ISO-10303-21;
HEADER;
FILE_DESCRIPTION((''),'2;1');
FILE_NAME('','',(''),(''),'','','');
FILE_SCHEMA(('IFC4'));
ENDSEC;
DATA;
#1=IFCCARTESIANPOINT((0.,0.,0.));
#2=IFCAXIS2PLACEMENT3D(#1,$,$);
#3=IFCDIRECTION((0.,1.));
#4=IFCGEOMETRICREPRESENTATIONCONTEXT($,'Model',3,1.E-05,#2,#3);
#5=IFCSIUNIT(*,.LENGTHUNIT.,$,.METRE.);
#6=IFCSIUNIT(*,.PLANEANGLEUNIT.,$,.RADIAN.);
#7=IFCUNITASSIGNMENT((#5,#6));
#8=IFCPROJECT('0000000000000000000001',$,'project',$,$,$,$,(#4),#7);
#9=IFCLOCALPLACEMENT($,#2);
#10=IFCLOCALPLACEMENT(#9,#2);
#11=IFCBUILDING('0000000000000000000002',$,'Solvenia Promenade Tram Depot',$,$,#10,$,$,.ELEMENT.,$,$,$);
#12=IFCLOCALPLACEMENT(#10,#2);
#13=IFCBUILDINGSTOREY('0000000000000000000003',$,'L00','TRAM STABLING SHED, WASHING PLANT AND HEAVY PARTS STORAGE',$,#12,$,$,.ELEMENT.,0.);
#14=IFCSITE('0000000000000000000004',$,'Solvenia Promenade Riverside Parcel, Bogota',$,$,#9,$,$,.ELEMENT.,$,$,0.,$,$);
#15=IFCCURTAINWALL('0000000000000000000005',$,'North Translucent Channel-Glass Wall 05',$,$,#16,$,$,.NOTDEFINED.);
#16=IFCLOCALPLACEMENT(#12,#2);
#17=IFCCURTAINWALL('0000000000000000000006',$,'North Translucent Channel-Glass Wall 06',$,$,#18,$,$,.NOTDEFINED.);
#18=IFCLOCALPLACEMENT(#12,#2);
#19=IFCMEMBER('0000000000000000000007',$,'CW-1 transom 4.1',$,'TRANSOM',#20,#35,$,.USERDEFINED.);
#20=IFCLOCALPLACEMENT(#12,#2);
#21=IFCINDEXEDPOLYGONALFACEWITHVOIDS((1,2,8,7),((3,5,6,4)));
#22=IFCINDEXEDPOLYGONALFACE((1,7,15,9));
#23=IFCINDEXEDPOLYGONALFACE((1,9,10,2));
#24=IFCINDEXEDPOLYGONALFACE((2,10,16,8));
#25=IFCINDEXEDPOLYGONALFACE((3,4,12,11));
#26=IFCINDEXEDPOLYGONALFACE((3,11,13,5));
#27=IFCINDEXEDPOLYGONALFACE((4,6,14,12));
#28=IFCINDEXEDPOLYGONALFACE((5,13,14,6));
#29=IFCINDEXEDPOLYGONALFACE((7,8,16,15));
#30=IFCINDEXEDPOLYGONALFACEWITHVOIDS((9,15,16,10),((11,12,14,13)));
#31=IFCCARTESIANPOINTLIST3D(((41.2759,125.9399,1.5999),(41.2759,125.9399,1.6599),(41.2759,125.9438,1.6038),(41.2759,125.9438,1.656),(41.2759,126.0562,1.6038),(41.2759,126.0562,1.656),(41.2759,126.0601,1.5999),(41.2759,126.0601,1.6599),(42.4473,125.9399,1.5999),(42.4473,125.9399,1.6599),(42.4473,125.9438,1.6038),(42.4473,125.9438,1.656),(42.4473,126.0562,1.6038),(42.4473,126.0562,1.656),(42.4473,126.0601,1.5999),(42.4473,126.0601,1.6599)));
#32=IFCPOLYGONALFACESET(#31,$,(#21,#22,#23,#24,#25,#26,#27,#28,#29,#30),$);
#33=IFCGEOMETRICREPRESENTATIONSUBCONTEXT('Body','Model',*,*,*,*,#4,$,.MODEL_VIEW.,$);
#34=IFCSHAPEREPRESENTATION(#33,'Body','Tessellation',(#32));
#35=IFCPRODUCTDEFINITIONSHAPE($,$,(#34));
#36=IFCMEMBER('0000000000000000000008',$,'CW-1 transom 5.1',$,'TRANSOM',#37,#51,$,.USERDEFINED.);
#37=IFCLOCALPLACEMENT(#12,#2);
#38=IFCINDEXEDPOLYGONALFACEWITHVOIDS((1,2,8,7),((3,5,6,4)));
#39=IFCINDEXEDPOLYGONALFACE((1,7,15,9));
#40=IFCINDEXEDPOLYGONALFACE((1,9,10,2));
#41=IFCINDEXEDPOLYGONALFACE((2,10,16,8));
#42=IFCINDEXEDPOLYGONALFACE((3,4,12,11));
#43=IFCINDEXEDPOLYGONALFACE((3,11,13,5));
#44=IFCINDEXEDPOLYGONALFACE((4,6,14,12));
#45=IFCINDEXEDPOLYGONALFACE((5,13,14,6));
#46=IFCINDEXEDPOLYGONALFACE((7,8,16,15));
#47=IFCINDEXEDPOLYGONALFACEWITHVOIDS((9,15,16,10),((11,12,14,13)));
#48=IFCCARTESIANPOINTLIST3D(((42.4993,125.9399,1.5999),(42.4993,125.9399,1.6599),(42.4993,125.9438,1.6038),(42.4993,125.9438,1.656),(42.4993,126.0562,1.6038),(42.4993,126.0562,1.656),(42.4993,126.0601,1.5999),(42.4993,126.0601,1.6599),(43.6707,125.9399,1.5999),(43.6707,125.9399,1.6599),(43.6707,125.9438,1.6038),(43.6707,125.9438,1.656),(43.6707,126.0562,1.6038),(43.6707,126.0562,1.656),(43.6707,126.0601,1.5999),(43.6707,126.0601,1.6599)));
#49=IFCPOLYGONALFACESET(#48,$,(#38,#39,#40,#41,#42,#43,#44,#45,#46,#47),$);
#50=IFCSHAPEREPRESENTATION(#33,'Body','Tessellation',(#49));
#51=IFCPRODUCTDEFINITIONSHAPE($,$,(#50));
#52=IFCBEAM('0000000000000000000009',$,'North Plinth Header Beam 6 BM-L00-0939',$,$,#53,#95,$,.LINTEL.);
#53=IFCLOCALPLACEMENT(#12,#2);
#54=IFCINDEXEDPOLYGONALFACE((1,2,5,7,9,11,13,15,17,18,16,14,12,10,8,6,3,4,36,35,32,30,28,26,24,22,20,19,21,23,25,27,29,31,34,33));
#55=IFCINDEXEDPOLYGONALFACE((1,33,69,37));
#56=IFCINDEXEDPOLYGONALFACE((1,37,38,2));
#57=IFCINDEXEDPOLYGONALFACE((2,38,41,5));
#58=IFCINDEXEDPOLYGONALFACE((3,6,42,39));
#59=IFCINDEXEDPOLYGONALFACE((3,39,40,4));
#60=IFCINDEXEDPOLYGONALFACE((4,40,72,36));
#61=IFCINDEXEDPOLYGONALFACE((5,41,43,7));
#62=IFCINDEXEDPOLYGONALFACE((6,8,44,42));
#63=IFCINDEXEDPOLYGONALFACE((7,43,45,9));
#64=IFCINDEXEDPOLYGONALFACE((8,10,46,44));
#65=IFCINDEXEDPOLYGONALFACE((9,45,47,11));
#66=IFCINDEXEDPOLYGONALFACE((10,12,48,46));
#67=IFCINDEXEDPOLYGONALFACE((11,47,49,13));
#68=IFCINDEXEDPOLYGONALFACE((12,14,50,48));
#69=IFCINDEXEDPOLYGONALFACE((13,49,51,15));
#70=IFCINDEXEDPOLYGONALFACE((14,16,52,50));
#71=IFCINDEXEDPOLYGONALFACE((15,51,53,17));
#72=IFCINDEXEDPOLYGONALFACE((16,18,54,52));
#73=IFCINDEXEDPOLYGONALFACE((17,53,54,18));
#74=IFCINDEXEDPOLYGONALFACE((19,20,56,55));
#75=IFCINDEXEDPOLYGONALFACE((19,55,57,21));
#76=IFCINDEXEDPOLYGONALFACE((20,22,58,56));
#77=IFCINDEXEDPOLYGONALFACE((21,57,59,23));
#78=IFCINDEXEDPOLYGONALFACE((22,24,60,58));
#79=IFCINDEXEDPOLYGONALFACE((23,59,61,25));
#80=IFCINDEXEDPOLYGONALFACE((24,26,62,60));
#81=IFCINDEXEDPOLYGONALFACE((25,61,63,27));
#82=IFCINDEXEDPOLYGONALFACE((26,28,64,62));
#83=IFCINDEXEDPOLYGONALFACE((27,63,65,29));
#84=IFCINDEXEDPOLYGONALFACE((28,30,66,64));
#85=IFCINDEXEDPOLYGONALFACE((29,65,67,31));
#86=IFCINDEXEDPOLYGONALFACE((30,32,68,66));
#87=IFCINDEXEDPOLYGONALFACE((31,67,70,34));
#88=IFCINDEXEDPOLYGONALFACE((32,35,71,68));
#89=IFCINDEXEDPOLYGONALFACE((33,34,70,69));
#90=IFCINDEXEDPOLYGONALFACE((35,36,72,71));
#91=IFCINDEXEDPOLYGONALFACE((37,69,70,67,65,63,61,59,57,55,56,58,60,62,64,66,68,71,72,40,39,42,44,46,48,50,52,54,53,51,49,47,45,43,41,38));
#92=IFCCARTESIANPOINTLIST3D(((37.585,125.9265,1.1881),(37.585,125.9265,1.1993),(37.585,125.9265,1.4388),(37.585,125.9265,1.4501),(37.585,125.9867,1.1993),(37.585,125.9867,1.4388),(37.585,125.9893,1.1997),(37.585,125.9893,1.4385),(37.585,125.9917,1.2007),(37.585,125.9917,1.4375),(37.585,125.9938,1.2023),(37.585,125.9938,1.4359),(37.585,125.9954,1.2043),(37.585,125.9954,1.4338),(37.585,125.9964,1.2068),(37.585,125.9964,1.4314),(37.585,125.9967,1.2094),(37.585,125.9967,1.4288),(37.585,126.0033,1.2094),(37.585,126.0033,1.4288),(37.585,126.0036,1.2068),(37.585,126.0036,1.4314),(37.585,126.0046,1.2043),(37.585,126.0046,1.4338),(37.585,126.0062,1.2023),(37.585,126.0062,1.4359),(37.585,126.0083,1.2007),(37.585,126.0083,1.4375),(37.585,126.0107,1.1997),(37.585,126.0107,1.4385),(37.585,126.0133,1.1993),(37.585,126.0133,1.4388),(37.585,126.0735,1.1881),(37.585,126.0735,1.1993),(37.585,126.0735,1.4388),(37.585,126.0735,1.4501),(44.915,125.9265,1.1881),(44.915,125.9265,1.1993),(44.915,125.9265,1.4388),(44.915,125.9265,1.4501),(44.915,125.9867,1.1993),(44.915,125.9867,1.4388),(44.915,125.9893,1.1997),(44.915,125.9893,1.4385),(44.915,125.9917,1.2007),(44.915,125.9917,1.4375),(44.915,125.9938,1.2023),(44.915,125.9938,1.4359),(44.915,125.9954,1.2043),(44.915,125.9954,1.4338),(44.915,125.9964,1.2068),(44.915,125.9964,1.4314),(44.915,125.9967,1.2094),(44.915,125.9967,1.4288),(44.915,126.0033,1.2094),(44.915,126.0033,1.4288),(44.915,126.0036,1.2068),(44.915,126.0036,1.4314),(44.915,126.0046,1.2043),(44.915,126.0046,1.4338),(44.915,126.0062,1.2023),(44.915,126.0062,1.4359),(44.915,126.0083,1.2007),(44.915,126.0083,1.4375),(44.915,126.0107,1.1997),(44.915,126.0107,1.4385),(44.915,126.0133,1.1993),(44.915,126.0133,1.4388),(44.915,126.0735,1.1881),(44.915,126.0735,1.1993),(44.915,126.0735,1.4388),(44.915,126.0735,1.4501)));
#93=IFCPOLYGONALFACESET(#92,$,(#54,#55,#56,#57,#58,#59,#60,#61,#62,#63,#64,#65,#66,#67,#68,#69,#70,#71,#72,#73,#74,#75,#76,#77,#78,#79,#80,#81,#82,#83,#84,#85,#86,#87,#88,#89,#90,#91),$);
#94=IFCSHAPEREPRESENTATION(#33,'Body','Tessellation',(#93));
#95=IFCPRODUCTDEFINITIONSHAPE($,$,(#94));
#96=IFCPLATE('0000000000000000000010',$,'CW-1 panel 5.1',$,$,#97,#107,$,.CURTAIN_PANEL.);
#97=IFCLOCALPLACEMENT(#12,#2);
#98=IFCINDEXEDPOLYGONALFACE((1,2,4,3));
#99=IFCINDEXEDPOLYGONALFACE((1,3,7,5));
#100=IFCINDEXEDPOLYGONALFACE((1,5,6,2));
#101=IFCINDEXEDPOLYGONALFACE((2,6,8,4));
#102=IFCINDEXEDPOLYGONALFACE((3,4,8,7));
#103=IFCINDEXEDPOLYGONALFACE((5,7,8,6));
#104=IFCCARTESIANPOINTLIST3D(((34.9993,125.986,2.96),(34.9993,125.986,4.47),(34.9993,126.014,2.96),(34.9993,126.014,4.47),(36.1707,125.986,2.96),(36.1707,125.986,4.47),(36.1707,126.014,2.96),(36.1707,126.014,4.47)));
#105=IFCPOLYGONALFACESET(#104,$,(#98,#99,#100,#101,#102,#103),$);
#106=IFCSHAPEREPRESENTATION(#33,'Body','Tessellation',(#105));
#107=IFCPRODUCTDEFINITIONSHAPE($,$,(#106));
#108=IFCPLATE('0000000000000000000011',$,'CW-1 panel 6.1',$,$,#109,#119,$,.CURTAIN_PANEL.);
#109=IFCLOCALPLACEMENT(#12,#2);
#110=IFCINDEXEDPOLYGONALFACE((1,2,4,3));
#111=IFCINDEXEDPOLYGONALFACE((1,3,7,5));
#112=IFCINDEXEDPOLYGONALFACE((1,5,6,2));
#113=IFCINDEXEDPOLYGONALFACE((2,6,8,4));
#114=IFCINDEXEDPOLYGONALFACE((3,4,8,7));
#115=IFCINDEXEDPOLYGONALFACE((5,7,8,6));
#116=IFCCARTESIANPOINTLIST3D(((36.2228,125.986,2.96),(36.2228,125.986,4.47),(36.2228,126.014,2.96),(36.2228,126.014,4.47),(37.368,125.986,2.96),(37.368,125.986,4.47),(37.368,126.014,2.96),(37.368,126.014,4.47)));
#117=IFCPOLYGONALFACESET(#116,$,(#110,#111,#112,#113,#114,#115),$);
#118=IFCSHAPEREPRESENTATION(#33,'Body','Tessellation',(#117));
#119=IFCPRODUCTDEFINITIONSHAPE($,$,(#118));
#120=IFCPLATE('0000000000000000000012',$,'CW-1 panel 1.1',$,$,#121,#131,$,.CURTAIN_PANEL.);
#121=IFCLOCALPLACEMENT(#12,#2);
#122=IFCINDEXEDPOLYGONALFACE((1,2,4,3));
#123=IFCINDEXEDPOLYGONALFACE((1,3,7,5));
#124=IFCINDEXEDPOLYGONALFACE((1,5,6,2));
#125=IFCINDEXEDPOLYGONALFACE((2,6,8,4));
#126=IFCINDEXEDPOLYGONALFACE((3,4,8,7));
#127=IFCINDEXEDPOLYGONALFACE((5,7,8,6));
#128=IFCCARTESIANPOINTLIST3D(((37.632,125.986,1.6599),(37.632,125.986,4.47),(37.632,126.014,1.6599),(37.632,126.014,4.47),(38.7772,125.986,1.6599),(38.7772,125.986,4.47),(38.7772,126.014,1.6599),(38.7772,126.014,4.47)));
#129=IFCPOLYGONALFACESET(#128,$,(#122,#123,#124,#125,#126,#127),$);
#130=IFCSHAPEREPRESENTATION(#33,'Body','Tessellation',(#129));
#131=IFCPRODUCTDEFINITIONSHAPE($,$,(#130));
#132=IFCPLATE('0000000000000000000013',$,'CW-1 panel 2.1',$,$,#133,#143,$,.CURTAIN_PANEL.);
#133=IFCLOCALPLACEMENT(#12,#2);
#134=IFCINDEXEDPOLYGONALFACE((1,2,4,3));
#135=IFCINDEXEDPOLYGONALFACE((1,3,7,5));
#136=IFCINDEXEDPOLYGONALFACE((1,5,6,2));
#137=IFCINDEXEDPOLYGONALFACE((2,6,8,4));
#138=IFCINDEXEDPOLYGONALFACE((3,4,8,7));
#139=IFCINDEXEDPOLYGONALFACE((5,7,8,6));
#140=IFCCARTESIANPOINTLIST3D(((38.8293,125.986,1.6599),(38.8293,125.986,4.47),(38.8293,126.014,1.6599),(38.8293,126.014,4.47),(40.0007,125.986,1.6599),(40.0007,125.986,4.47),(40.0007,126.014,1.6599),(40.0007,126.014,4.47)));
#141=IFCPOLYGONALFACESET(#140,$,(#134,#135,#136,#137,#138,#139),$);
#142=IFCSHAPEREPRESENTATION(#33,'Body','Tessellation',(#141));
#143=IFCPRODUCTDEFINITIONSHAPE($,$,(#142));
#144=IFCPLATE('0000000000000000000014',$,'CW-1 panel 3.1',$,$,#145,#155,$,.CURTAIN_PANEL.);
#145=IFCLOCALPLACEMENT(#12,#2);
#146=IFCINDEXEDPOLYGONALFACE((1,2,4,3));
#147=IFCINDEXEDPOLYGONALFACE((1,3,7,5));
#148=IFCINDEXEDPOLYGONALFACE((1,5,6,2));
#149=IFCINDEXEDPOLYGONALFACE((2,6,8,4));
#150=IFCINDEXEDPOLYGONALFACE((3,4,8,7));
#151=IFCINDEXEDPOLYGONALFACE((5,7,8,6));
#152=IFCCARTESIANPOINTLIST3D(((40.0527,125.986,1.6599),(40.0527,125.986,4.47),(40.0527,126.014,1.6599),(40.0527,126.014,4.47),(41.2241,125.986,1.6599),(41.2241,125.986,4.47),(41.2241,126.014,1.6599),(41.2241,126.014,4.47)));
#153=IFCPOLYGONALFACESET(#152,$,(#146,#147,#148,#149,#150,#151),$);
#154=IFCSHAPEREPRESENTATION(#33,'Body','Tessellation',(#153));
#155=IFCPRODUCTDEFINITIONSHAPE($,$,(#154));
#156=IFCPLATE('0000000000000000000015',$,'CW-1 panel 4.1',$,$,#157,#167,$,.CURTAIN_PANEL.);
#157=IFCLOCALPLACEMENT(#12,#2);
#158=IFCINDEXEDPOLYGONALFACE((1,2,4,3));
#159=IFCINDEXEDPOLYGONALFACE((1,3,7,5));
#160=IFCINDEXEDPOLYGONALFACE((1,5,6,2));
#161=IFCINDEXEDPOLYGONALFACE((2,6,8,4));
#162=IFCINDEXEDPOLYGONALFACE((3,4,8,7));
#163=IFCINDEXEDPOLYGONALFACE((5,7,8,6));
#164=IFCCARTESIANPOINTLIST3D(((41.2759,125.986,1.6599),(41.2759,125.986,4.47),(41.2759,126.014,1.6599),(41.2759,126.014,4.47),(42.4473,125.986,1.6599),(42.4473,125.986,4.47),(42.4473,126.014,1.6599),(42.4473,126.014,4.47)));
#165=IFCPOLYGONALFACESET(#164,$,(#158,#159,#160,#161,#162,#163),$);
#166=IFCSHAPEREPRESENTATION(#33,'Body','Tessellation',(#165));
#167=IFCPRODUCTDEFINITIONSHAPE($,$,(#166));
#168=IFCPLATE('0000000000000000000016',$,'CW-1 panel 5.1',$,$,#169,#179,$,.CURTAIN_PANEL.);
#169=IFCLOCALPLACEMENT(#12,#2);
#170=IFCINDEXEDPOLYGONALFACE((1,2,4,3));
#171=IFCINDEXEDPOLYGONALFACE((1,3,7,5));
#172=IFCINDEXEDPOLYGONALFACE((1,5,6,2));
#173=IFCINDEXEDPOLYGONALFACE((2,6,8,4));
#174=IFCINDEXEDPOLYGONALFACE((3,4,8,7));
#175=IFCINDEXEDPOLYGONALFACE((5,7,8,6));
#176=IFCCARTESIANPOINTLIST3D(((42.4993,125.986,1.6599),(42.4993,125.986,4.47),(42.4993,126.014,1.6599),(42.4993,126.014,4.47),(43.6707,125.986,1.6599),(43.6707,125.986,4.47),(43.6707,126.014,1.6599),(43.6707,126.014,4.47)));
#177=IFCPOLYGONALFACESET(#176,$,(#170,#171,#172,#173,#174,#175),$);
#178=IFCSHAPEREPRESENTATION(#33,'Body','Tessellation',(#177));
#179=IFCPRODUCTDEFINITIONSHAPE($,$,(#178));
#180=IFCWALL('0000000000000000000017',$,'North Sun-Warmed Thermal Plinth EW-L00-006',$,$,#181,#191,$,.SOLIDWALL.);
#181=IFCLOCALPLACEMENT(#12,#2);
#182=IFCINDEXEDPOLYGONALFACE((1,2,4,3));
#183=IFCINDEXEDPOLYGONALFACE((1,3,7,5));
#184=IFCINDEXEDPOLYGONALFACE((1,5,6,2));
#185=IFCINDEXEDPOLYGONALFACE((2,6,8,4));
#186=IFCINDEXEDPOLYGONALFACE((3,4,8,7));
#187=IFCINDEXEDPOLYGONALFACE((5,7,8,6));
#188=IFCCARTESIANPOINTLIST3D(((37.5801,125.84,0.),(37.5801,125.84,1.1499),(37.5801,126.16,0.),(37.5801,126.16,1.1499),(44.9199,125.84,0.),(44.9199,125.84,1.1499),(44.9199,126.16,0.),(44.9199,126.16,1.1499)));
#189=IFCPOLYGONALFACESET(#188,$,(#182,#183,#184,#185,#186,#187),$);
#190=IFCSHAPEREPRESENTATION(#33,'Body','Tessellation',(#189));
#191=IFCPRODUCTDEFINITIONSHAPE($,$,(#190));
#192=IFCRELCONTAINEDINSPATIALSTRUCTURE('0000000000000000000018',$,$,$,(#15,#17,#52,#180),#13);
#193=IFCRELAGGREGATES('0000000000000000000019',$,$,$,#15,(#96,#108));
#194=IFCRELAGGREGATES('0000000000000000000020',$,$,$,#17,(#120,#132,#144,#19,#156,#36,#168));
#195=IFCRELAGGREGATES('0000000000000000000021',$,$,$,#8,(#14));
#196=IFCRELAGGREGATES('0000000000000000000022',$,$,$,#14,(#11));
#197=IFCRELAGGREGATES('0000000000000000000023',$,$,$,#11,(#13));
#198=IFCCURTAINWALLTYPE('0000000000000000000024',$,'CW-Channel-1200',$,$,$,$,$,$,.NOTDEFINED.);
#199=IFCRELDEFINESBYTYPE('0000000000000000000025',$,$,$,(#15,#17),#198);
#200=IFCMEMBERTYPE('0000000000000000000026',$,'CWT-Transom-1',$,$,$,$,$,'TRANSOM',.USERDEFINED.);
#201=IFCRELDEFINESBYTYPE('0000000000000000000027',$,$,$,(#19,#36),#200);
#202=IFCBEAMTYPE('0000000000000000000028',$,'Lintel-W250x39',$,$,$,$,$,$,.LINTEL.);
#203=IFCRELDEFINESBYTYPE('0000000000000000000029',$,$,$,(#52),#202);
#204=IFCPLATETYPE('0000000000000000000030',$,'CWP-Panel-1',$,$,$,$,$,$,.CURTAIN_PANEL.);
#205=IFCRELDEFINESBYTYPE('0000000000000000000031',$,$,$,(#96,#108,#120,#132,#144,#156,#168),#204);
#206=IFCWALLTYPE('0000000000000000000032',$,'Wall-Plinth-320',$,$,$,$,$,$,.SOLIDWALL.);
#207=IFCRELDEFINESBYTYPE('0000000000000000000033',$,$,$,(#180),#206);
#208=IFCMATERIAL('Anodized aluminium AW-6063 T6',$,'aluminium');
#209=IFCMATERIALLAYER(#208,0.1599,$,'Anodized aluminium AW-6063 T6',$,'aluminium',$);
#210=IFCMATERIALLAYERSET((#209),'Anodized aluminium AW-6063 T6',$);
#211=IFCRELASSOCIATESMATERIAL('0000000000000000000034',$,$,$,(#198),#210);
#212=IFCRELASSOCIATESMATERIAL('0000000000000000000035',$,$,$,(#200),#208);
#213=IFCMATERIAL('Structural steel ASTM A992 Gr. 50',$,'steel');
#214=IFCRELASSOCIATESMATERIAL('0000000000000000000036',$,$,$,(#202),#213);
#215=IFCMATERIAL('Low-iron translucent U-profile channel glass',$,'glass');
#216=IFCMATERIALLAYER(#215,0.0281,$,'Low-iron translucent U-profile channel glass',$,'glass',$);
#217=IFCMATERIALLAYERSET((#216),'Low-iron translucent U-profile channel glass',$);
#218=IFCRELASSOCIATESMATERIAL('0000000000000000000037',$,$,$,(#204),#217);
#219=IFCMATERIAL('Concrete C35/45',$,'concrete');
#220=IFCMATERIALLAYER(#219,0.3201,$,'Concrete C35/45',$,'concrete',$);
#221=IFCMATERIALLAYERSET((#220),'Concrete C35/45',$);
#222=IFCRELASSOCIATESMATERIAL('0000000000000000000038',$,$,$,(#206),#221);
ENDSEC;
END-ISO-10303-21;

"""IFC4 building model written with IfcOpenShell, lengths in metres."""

from ifc_helpers import new_model, si_unit, direction, frame, frame_2d, origin, origin_2d, place, context, subcontext, project, spatial, rectangle, hollow_rectangle, i_section, extrude, material, layer, layer_set, material_profile, profile_set, type_object, element, aggregate, save


model = new_model("IFC4")

# Units and contexts
model_context = context("Model", 3, precision=1e-05, world=origin(), true_north=direction((0.0, 1.0)))
body_context = subcontext(model_context, "Body", "Model", "MODEL_VIEW")
ifc_project = project(units=[si_unit("LENGTHUNIT", "METRE"), si_unit("PLANEANGLEUNIT", "RADIAN")], contexts=[model_context])

# Site, building, storey
site_placement = place(None, origin())
site = spatial("IfcSite", under=ifc_project, at=site_placement, Name="Solvenia Promenade Riverside Parcel, Bogota", CompositionType="ELEMENT", RefElevation=0.0)
building_placement = place(site_placement, origin())
building = spatial("IfcBuilding", under=site, at=building_placement, Name="Solvenia Promenade Tram Depot", CompositionType="ELEMENT")
storey_placement = place(building_placement, origin())
storey = spatial("IfcBuildingStorey", under=building, at=storey_placement, Name="L00", Description="TRAM STABLING SHED, WASHING PLANT AND HEAVY PARTS STORAGE", CompositionType="ELEMENT", Elevation=0.0)

# Shared definitions
ifc_material_1 = material(Name="Structural steel ASTM A992 Gr. 50", Category="steel")

# Curtain walls
ifc_material_2 = material(Name="Anodized aluminium AW-6063 T6", Category="aluminium")
ifc_layer_1 = layer(ifc_material_2, 0.1599, Name="Anodized aluminium AW-6063 T6", Category="aluminium")
ifc_layer_set_1 = layer_set([ifc_layer_1], Name="Anodized aluminium AW-6063 T6")
curtain_wall_type = type_object("IfcCurtainWallType", Name="CW-Channel-1200", PredefinedType="NOTDEFINED", material=ifc_layer_set_1)
curtain_wall_1_placement = place(storey_placement, origin())
curtain_wall_1 = element("IfcCurtainWall", 1, at=curtain_wall_1_placement, inside=storey, type_object=curtain_wall_type, Name="North Translucent Channel-Glass Wall 05", PredefinedType="NOTDEFINED")
curtain_wall_2_placement = place(storey_placement, origin())
curtain_wall_2 = element("IfcCurtainWall", 2, at=curtain_wall_2_placement, inside=storey, type_object=curtain_wall_type, Name="North Translucent Channel-Glass Wall 06", PredefinedType="NOTDEFINED")

# Members
ifc_material_profile_1 = material_profile(ifc_material_2, hollow_rectangle(XDim=0.1201, YDim=0.0601, WallThickness=0.0039, at=origin_2d()), Name="ALU-T1", Category="aluminium")
ifc_profile_set_1 = profile_set([ifc_material_profile_1], Name="Anodized aluminium AW-6063 T6")
member_type_1 = type_object("IfcMemberType", Name="CWT-Transom-1", ElementType="TRANSOM", PredefinedType="USERDEFINED", material=ifc_profile_set_1)
member_1_placement = place(storey_placement, frame((41.2759, 126.0, 1.6299), z_axis=(1.0, 0.0, 0.0), x_axis=(0.0, 1.0, 0.0)))
member_1 = element("IfcMember", 3, at=member_1_placement, type_object=member_type_1, Name="CW-1 transom 4.1", ObjectType="TRANSOM", PredefinedType="USERDEFINED", context=body_context, shape_type="SweptSolid", body=[
    extrude(hollow_rectangle(XDim=0.1201, YDim=0.0601, WallThickness=0.0039, at=origin_2d()), origin(), (0.0, 0.0, 1.0), 1.1714),
])
member_2_placement = place(storey_placement, frame((42.4993, 126.0, 1.6299), z_axis=(1.0, 0.0, 0.0), x_axis=(0.0, 1.0, 0.0)))
member_2 = element("IfcMember", 4, at=member_2_placement, type_object=member_type_1, Name="CW-1 transom 5.1", ObjectType="TRANSOM", PredefinedType="USERDEFINED", context=body_context, shape_type="SweptSolid", body=[
    extrude(hollow_rectangle(XDim=0.1201, YDim=0.0601, WallThickness=0.0039, at=origin_2d()), origin(), (0.0, 0.0, 1.0), 1.1714),
])

# Beam
ifc_material_profile_2 = material_profile(ifc_material_1, i_section(OverallWidth=0.147, OverallDepth=0.262, WebThickness=0.0066, FlangeThickness=0.0112, FilletRadius=0.01, at=origin_2d()), Name="W250x39", Category="steel")
ifc_profile_set_2 = profile_set([ifc_material_profile_2], Name="Structural steel ASTM A992 Gr. 50")
beam_type = type_object("IfcBeamType", Name="Lintel-W250x39", PredefinedType="LINTEL", material=ifc_profile_set_2)
beam_placement = place(storey_placement, frame((37.585, 126.0, 1.3191), z_axis=(1.0, 0.0, 0.0), x_axis=(0.0, 1.0, 0.0)))
element("IfcBeam", 5, at=beam_placement, inside=storey, type_object=beam_type, Name="North Plinth Header Beam 6 BM-L00-0939", PredefinedType="LINTEL", context=body_context, shape_type="SweptSolid", body=[
    extrude(i_section(OverallWidth=0.147, OverallDepth=0.262, WebThickness=0.0066, FlangeThickness=0.0112, FilletRadius=0.01, at=origin_2d()), origin(), (0.0, 0.0, 1.0), 7.3301),
])

# Plates
ifc_material_3 = material(Name="Low-iron translucent U-profile channel glass", Category="glass")
ifc_layer_2 = layer(ifc_material_3, 0.0281, Name="Low-iron translucent U-profile channel glass", Category="glass")
ifc_layer_set_2 = layer_set([ifc_layer_2], Name="Low-iron translucent U-profile channel glass")
plate_type = type_object("IfcPlateType", Name="CWP-Panel-1", PredefinedType="CURTAIN_PANEL", material=ifc_layer_set_2)
plate_1_placement = place(storey_placement, frame((35.585, 126.0, 2.96), z_axis=(0.0, 0.0, 1.0), x_axis=(1.0, 0.0, 0.0)))
plate_1 = element("IfcPlate", 6, at=plate_1_placement, type_object=plate_type, Name="CW-1 panel 5.1", PredefinedType="CURTAIN_PANEL", context=body_context, shape_type="SweptSolid", body=[
    extrude(rectangle(XDim=1.1714, YDim=0.0281, at=origin_2d()), origin(), (0.0, 0.0, 1.0), 1.51),
])
plate_2_placement = place(storey_placement, frame((36.7954, 126.0, 2.96), z_axis=(0.0, 0.0, 1.0), x_axis=(1.0, 0.0, 0.0)))
plate_2 = element("IfcPlate", 7, at=plate_2_placement, type_object=plate_type, Name="CW-1 panel 6.1", PredefinedType="CURTAIN_PANEL", context=body_context, shape_type="SweptSolid", body=[
    extrude(rectangle(XDim=1.1453, YDim=0.0281, at=origin_2d()), origin(), (0.0, 0.0, 1.0), 1.51),
])
aggregate(curtain_wall_1, [plate_1, plate_2])
plate_3_placement = place(storey_placement, frame((38.2046, 126.0, 1.6599), z_axis=(0.0, 0.0, 1.0), x_axis=(1.0, 0.0, 0.0)))
plate_3 = element("IfcPlate", 8, at=plate_3_placement, type_object=plate_type, Name="CW-1 panel 1.1", PredefinedType="CURTAIN_PANEL", context=body_context, shape_type="SweptSolid", body=[
    extrude(rectangle(XDim=1.1453, YDim=0.0281, at=origin_2d()), origin(), (0.0, 0.0, 1.0), 2.8101),
])
plate_4_placement = place(storey_placement, frame((39.415, 126.0, 1.6599), z_axis=(0.0, 0.0, 1.0), x_axis=(1.0, 0.0, 0.0)))
plate_4 = element("IfcPlate", 9, at=plate_4_placement, type_object=plate_type, Name="CW-1 panel 2.1", PredefinedType="CURTAIN_PANEL", context=body_context, shape_type="SweptSolid", body=[
    extrude(rectangle(XDim=1.1714, YDim=0.0281, at=origin_2d()), origin(), (0.0, 0.0, 1.0), 2.8101),
])
plate_5_placement = place(storey_placement, frame((40.6384, 126.0, 1.6599), z_axis=(0.0, 0.0, 1.0), x_axis=(1.0, 0.0, 0.0)))
plate_5 = element("IfcPlate", 10, at=plate_5_placement, type_object=plate_type, Name="CW-1 panel 3.1", PredefinedType="CURTAIN_PANEL", context=body_context, shape_type="SweptSolid", body=[
    extrude(rectangle(XDim=1.1714, YDim=0.0281, at=origin_2d()), origin(), (0.0, 0.0, 1.0), 2.8101),
])
plate_6_placement = place(storey_placement, frame((41.8616, 126.0, 1.6599), z_axis=(0.0, 0.0, 1.0), x_axis=(1.0, 0.0, 0.0)))
plate_6 = element("IfcPlate", 11, at=plate_6_placement, type_object=plate_type, Name="CW-1 panel 4.1", PredefinedType="CURTAIN_PANEL", context=body_context, shape_type="SweptSolid", body=[
    extrude(rectangle(XDim=1.1714, YDim=0.0281, at=origin_2d()), origin(), (0.0, 0.0, 1.0), 2.8101),
])
plate_7_placement = place(storey_placement, frame((43.085, 126.0, 1.6599), z_axis=(0.0, 0.0, 1.0), x_axis=(1.0, 0.0, 0.0)))
plate_7 = element("IfcPlate", 12, at=plate_7_placement, type_object=plate_type, Name="CW-1 panel 5.1", PredefinedType="CURTAIN_PANEL", context=body_context, shape_type="SweptSolid", body=[
    extrude(rectangle(XDim=1.1714, YDim=0.0281, at=origin_2d()), origin(), (0.0, 0.0, 1.0), 2.8101),
])
aggregate(curtain_wall_2, [plate_3, plate_4, plate_5, member_1, plate_6, member_2, plate_7])

# Wall
ifc_material_4 = material(Name="Concrete C35/45", Category="concrete")
ifc_layer_3 = layer(ifc_material_4, 0.3201, Name="Concrete C35/45", Category="concrete")
ifc_layer_set_3 = layer_set([ifc_layer_3], Name="Concrete C35/45")
wall_type = type_object("IfcWallType", Name="Wall-Plinth-320", PredefinedType="SOLIDWALL", material=ifc_layer_set_3)
wall_placement = place(storey_placement, frame((37.5801, 126.0, 0.0), z_axis=(0.0, 0.0, 1.0), x_axis=(1.0, 0.0, 0.0)))
element("IfcWall", 13, at=wall_placement, inside=storey, type_object=wall_type, Name="North Sun-Warmed Thermal Plinth EW-L00-006", PredefinedType="SOLIDWALL", context=body_context, shape_type="SweptSolid", body=[
    extrude(rectangle(XDim=7.3398, YDim=0.3201, at=frame_2d((3.6699, 0.0))), origin(), (0.0, 0.0, 1.0), 1.1499),
])

save(model, "model.ifc")
